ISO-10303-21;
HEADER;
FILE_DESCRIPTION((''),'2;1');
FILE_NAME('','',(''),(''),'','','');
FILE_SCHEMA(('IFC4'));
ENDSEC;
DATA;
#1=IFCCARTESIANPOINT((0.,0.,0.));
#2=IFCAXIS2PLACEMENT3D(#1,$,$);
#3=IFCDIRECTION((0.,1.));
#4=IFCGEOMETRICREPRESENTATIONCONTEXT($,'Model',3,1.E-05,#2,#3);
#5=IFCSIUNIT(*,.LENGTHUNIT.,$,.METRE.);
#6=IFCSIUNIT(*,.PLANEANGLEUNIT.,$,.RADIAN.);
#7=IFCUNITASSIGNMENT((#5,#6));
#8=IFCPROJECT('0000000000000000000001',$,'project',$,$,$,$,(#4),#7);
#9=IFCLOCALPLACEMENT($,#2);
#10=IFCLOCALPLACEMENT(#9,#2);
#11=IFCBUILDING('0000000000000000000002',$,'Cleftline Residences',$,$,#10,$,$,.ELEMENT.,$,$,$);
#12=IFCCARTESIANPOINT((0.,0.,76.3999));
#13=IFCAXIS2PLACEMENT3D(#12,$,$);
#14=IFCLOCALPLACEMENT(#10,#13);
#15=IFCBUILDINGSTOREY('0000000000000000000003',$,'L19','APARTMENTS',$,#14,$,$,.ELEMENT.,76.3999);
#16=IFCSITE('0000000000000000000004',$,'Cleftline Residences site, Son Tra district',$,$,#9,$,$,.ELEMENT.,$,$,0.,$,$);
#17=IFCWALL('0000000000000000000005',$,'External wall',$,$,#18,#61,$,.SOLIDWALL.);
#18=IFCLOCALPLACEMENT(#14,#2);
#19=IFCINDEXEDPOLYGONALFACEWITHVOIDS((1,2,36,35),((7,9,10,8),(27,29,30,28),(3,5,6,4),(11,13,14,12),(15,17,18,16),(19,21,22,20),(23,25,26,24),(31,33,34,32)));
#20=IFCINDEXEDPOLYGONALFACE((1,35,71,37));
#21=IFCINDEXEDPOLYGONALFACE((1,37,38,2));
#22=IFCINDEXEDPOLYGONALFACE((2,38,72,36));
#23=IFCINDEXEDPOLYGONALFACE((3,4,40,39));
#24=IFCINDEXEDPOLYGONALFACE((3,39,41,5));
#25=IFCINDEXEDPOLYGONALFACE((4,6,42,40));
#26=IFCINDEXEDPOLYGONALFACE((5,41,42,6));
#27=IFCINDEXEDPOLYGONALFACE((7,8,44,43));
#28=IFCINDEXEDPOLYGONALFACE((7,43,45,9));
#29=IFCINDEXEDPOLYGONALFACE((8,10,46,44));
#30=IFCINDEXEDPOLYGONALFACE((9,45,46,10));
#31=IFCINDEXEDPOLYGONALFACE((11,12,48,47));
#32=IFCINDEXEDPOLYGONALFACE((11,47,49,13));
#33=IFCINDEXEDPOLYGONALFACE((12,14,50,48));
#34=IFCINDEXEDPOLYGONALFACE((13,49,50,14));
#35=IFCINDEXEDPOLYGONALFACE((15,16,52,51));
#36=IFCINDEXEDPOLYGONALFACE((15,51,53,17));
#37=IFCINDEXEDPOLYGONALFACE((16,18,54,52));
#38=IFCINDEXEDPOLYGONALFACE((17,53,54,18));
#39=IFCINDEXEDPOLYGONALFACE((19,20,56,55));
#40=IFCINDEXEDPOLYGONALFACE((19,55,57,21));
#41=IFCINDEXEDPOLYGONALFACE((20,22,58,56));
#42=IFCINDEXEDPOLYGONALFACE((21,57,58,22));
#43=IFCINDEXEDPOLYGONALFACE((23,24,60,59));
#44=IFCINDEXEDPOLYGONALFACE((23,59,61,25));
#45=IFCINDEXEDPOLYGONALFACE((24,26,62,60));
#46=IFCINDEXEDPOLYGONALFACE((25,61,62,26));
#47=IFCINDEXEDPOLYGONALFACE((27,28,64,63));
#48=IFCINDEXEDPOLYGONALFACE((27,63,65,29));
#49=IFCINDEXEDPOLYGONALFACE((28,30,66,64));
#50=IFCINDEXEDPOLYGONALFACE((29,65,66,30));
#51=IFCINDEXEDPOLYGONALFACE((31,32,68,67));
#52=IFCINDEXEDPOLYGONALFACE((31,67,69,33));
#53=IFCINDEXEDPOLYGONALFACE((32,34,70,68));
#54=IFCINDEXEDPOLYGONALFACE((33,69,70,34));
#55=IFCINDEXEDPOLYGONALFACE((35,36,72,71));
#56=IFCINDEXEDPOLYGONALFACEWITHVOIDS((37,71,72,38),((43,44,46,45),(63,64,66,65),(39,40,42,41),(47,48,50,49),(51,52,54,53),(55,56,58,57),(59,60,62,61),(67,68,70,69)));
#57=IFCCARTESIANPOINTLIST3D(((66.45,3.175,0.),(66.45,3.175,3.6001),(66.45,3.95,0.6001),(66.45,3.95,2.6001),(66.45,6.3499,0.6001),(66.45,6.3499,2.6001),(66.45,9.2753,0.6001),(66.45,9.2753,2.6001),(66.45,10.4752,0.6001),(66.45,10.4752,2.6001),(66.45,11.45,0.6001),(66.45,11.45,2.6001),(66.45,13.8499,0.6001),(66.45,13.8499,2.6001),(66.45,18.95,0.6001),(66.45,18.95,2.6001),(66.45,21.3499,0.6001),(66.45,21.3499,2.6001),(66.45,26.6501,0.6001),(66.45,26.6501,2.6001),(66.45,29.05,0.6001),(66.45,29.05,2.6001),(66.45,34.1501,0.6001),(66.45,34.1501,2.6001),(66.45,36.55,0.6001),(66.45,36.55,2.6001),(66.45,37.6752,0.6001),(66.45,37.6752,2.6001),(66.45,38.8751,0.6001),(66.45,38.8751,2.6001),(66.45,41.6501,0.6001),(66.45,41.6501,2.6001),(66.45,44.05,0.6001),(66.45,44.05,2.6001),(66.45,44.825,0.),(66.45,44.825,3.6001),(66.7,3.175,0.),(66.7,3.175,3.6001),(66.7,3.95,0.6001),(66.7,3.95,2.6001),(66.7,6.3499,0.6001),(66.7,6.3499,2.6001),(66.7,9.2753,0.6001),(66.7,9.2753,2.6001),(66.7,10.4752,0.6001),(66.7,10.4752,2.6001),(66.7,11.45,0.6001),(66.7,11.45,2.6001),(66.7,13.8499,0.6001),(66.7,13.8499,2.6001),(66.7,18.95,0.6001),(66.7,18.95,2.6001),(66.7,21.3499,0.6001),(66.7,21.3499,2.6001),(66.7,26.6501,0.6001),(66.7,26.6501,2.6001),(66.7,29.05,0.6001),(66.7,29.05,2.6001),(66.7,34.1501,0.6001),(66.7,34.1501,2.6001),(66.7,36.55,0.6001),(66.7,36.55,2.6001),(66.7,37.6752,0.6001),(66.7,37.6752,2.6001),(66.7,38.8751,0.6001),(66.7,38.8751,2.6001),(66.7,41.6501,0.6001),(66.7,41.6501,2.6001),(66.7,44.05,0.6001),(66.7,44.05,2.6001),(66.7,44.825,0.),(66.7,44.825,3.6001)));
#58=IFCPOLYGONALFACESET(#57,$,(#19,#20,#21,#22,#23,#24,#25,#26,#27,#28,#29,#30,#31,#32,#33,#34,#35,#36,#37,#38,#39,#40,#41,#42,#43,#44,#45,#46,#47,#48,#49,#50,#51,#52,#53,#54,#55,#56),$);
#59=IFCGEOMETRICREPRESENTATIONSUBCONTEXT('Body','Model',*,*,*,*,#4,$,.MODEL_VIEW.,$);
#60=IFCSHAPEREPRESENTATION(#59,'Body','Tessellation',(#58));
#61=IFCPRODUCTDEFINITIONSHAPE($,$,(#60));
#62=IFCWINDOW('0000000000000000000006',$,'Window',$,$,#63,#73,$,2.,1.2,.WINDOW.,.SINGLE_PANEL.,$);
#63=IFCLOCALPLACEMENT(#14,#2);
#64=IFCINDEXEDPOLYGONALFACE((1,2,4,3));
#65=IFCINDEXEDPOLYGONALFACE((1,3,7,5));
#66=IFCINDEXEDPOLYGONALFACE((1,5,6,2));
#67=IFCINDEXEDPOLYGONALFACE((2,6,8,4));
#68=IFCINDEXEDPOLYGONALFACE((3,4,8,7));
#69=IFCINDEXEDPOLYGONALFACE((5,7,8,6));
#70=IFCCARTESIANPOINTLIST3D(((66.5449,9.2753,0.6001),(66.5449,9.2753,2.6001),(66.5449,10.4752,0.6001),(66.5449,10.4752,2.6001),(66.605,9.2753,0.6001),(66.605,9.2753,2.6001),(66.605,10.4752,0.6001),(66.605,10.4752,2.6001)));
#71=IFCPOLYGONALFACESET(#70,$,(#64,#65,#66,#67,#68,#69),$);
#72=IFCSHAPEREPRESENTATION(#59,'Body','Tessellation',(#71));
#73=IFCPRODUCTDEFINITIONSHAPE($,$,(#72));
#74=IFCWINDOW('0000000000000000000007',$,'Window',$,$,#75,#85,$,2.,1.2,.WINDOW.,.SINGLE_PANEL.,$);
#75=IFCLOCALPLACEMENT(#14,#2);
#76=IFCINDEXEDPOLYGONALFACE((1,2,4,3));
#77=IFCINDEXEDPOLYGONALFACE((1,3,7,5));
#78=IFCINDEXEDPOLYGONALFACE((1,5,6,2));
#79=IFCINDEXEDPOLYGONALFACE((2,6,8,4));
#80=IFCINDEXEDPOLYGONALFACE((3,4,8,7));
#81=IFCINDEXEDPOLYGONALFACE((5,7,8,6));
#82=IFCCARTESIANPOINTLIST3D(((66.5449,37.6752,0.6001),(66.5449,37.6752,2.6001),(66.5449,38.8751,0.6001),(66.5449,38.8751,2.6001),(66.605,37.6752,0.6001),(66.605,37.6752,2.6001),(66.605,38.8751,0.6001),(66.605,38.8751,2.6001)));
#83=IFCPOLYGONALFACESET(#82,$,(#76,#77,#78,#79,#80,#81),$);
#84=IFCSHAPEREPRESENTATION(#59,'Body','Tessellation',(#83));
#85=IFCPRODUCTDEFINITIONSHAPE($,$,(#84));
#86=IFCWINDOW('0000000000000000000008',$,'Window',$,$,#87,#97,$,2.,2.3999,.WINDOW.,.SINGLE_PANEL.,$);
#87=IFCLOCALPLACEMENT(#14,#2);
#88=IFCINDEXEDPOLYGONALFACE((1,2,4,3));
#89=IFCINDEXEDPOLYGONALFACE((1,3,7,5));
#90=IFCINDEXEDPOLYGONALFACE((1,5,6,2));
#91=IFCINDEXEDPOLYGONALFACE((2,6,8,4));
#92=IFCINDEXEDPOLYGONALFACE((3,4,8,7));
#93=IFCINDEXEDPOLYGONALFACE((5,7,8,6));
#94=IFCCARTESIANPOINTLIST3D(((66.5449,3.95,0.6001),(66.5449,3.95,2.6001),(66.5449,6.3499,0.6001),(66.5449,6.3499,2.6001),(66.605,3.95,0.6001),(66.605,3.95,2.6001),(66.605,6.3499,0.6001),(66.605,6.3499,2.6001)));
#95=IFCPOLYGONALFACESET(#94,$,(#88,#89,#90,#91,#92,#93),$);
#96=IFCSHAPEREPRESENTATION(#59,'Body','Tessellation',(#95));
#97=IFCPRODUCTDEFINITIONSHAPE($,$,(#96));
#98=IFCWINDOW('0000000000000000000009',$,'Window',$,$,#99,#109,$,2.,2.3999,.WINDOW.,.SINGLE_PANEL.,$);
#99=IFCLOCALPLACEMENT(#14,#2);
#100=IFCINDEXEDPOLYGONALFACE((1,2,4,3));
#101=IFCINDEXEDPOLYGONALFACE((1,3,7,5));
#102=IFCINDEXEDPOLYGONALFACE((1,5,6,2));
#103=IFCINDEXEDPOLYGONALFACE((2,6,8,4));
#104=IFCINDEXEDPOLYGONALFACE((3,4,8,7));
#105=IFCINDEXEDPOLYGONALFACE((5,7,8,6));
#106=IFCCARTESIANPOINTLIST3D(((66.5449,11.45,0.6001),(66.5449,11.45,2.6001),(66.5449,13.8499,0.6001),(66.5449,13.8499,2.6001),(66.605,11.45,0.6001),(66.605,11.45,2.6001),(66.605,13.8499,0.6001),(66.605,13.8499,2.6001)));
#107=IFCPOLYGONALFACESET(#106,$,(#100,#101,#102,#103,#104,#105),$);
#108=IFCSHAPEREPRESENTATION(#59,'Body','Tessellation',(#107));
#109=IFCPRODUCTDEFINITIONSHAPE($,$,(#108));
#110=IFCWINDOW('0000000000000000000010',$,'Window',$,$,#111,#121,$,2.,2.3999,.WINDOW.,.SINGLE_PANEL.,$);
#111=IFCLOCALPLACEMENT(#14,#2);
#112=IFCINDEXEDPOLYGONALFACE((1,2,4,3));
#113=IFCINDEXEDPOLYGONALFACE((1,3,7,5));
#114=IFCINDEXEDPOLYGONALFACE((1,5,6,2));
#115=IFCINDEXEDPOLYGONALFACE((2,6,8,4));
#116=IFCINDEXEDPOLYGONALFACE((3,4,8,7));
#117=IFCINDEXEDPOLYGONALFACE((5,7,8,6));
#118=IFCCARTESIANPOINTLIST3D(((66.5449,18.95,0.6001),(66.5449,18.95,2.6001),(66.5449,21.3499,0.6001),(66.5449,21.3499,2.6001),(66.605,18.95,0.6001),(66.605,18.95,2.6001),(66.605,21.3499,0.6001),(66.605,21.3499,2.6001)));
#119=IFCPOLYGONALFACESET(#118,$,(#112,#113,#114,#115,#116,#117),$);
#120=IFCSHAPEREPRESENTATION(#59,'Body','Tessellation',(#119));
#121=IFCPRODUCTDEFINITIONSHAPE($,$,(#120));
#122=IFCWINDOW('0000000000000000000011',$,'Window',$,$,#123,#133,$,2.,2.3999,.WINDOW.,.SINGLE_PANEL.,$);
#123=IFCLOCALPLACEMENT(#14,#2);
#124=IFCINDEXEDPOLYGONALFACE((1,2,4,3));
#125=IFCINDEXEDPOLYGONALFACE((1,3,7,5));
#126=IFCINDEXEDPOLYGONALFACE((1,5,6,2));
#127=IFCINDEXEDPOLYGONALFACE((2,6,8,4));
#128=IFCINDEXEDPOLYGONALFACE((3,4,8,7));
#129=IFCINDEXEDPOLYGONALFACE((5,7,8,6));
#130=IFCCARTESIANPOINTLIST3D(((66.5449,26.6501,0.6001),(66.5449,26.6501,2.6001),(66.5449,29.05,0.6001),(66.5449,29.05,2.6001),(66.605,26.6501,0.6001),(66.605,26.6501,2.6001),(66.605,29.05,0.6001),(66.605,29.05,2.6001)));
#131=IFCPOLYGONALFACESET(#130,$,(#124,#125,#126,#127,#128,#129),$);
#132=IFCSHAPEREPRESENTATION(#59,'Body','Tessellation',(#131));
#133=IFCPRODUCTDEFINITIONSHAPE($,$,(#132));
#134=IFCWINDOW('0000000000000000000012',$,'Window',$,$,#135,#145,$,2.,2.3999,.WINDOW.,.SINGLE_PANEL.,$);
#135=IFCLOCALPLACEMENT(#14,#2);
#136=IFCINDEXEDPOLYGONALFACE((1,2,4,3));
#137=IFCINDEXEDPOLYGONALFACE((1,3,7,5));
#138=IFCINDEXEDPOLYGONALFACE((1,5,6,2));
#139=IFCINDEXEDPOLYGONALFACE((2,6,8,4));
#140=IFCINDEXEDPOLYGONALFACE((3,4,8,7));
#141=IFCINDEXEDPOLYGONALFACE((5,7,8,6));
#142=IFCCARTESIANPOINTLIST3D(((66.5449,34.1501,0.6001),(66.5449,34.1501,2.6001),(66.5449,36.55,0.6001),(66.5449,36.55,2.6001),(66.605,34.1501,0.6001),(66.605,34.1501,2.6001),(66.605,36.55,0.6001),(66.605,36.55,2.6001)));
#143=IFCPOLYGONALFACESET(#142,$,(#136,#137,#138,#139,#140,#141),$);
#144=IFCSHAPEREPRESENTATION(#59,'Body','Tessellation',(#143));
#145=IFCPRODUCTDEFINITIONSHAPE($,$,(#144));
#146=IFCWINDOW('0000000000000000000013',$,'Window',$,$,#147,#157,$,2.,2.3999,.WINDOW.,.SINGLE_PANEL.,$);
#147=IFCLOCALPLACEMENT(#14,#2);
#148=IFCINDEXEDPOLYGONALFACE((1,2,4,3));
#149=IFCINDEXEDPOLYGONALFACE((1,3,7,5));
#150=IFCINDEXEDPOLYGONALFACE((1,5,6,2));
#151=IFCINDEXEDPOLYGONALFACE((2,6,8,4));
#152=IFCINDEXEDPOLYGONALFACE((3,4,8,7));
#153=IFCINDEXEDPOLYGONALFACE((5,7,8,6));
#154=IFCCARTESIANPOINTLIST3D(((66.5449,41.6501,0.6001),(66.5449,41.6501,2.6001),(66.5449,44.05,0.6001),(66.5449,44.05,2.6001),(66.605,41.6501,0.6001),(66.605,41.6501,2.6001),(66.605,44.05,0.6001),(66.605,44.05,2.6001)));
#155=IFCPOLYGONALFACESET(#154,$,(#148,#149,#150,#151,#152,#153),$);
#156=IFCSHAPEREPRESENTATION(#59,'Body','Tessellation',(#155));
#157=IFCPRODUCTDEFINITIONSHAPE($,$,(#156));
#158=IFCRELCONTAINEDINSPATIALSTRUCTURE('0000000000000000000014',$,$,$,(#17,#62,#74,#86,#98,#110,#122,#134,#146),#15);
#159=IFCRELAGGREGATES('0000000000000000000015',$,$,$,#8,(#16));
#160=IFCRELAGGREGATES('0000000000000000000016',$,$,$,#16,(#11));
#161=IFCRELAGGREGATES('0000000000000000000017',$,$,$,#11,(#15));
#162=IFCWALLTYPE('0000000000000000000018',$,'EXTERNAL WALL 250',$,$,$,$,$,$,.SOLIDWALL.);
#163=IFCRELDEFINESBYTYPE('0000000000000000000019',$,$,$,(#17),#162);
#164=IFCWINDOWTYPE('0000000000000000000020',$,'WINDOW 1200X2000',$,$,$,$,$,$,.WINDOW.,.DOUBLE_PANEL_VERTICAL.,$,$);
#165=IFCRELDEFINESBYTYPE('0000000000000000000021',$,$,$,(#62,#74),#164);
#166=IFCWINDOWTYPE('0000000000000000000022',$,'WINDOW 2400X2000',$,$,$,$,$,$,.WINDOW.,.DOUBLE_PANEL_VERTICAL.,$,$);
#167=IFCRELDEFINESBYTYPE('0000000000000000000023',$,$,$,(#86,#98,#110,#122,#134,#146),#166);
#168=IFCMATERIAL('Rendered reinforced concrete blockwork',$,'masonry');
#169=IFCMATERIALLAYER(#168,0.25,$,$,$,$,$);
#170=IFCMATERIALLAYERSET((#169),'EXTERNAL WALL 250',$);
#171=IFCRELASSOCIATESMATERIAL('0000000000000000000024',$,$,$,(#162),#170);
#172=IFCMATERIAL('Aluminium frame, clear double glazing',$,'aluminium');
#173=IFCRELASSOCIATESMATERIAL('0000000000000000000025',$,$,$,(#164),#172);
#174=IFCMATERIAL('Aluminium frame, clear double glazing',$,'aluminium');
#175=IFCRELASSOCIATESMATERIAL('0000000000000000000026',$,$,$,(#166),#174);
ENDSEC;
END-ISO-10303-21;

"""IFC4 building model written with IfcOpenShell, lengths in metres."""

from ifc_helpers import new_model, si_unit, direction, frame, frame_2d, origin, place, context, subcontext, project, spatial, rectangle, extrude, material, layer, layer_set, type_object, element, fill, save


model = new_model("IFC4")

# Units and contexts
model_context = context("Model", 3, precision=1e-05, world=origin(), true_north=direction((0.0, 1.0)))
body_context = subcontext(model_context, "Body", "Model", "MODEL_VIEW")
ifc_project = project(units=[si_unit("LENGTHUNIT", "METRE"), si_unit("PLANEANGLEUNIT", "RADIAN")], contexts=[model_context])

# Site, building, storey
site_placement = place(None, origin())
site = spatial("IfcSite", under=ifc_project, at=site_placement, Name="Cleftline Residences site, Son Tra district", CompositionType="ELEMENT", RefElevation=0.0)
building_placement = place(site_placement, origin())
building = spatial("IfcBuilding", under=site, at=building_placement, Name="Cleftline Residences", CompositionType="ELEMENT")
storey_placement = place(building_placement, frame((0.0, 0.0, 76.3999)))
storey = spatial("IfcBuildingStorey", under=building, at=storey_placement, Name="L19", Description="APARTMENTS", CompositionType="ELEMENT", Elevation=76.3999)

# Wall, openings, windows
ifc_material_1 = material(Name="Rendered reinforced concrete blockwork", Category="masonry")
ifc_layer_1 = layer(ifc_material_1, 0.25)
ifc_layer_set_1 = layer_set([ifc_layer_1], Name="EXTERNAL WALL 250")
wall_type_1 = type_object("IfcWallType", Name="EXTERNAL WALL 250", PredefinedType="SOLIDWALL", material=ifc_layer_set_1)
ifc_material_2 = material(Name="Aluminium frame, clear double glazing", Category="aluminium")
window_type_1 = type_object("IfcWindowType", Name="WINDOW 1200X2000", PartitioningType="DOUBLE_PANEL_VERTICAL", PredefinedType="WINDOW", material=ifc_material_2)
wall_1_placement = place(storey_placement, frame((66.575, 3.175, 0.0), z_axis=(0.0, 0.0, 1.0), x_axis=(0.0, 1.0, 0.0)))
wall_1 = element("IfcWall", 1, at=wall_1_placement, inside=storey, type_object=wall_type_1, Name="External wall", PredefinedType="SOLIDWALL", context=body_context, shape_type="SweptSolid", body=[
    extrude(rectangle(XDim=41.6499, YDim=0.25, at=frame_2d((20.825, 0.0))), origin(), (0.0, 0.0, 1.0), 3.6001),
])
opening_1_placement = place(wall_1_placement, frame((0.7749, 0.0, 0.6001)))
opening_1 = element("IfcOpeningElement", 2, at=opening_1_placement, cuts=wall_1, PredefinedType="OPENING", context=body_context, shape_type="SweptSolid", body=[
    extrude(rectangle(XDim=2.3999, YDim=2.0, at=frame_2d((1.2, 1.0))), frame((0.0, 0.135, 0.0), z_axis=(0.0, -1.0, 0.0), x_axis=(1.0, 0.0, 0.0)), (0.0, 0.0, 1.0), 0.27),
])
opening_2_placement = place(wall_1_placement, frame((6.1001, 0.0, 0.6001)))
opening_2 = element("IfcOpeningElement", 3, at=opening_2_placement, cuts=wall_1, PredefinedType="OPENING", context=body_context, shape_type="SweptSolid", body=[
    extrude(rectangle(XDim=1.2, YDim=2.0, at=frame_2d((0.6001, 1.0))), frame((0.0, 0.135, 0.0), z_axis=(0.0, -1.0, 0.0), x_axis=(1.0, 0.0, 0.0)), (0.0, 0.0, 1.0), 0.27),
])
opening_3_placement = place(wall_1_placement, frame((8.2749, 0.0, 0.6001)))
opening_3 = element("IfcOpeningElement", 4, at=opening_3_placement, cuts=wall_1, PredefinedType="OPENING", context=body_context, shape_type="SweptSolid", body=[
    extrude(rectangle(XDim=2.3999, YDim=2.0, at=frame_2d((1.2, 1.0))), frame((0.0, 0.135, 0.0), z_axis=(0.0, -1.0, 0.0), x_axis=(1.0, 0.0, 0.0)), (0.0, 0.0, 1.0), 0.27),
])
opening_4_placement = place(wall_1_placement, frame((15.7749, 0.0, 0.6001)))
opening_4 = element("IfcOpeningElement", 5, at=opening_4_placement, cuts=wall_1, PredefinedType="OPENING", context=body_context, shape_type="SweptSolid", body=[
    extrude(rectangle(XDim=2.3999, YDim=2.0, at=frame_2d((1.2, 1.0))), frame((0.0, 0.135, 0.0), z_axis=(0.0, -1.0, 0.0), x_axis=(1.0, 0.0, 0.0)), (0.0, 0.0, 1.0), 0.27),
])
opening_5_placement = place(wall_1_placement, frame((23.4751, 0.0, 0.6001)))
opening_5 = element("IfcOpeningElement", 6, at=opening_5_placement, cuts=wall_1, PredefinedType="OPENING", context=body_context, shape_type="SweptSolid", body=[
    extrude(rectangle(XDim=2.3999, YDim=2.0, at=frame_2d((1.2, 1.0))), frame((0.0, 0.135, 0.0), z_axis=(0.0, -1.0, 0.0), x_axis=(1.0, 0.0, 0.0)), (0.0, 0.0, 1.0), 0.27),
])
opening_6_placement = place(wall_1_placement, frame((30.9751, 0.0, 0.6001)))
opening_6 = element("IfcOpeningElement", 7, at=opening_6_placement, cuts=wall_1, PredefinedType="OPENING", context=body_context, shape_type="SweptSolid", body=[
    extrude(rectangle(XDim=2.3999, YDim=2.0, at=frame_2d((1.2, 1.0))), frame((0.0, 0.135, 0.0), z_axis=(0.0, -1.0, 0.0), x_axis=(1.0, 0.0, 0.0)), (0.0, 0.0, 1.0), 0.27),
])
opening_7_placement = place(wall_1_placement, frame((34.5, 0.0, 0.6001)))
opening_7 = element("IfcOpeningElement", 8, at=opening_7_placement, cuts=wall_1, PredefinedType="OPENING", context=body_context, shape_type="SweptSolid", body=[
    extrude(rectangle(XDim=1.2, YDim=2.0, at=frame_2d((0.6001, 1.0))), frame((0.0, 0.135, 0.0), z_axis=(0.0, -1.0, 0.0), x_axis=(1.0, 0.0, 0.0)), (0.0, 0.0, 1.0), 0.27),
])
opening_8_placement = place(wall_1_placement, frame((38.4751, 0.0, 0.6001)))
opening_8 = element("IfcOpeningElement", 9, at=opening_8_placement, cuts=wall_1, PredefinedType="OPENING", context=body_context, shape_type="SweptSolid", body=[
    extrude(rectangle(XDim=2.3999, YDim=2.0, at=frame_2d((1.2, 1.0))), frame((0.0, 0.135, 0.0), z_axis=(0.0, -1.0, 0.0), x_axis=(1.0, 0.0, 0.0)), (0.0, 0.0, 1.0), 0.27),
])
window_1_placement = place(opening_2_placement, origin())
window_1 = element("IfcWindow", 10, at=window_1_placement, inside=storey, type_object=window_type_1, Name="Window", OverallHeight=2.0, OverallWidth=1.2, PartitioningType="SINGLE_PANEL", PredefinedType="WINDOW", context=body_context, shape_type="SweptSolid", body=[
    extrude(rectangle(XDim=1.2, YDim=2.0, at=frame_2d((0.6001, 1.0))), frame((0.0, 0.03, 0.0), z_axis=(0.0, -1.0, 0.0), x_axis=(1.0, 0.0, 0.0)), (0.0, 0.0, 1.0), 0.0601),
])
fill(opening_2, window_1)
window_2_placement = place(opening_7_placement, origin())
window_2 = element("IfcWindow", 11, at=window_2_placement, inside=storey, type_object=window_type_1, Name="Window", OverallHeight=2.0, OverallWidth=1.2, PartitioningType="SINGLE_PANEL", PredefinedType="WINDOW", context=body_context, shape_type="SweptSolid", body=[
    extrude(rectangle(XDim=1.2, YDim=2.0, at=frame_2d((0.6001, 1.0))), frame((0.0, 0.03, 0.0), z_axis=(0.0, -1.0, 0.0), x_axis=(1.0, 0.0, 0.0)), (0.0, 0.0, 1.0), 0.0601),
])
fill(opening_7, window_2)
ifc_material_3 = material(Name="Aluminium frame, clear double glazing", Category="aluminium")
window_type_2 = type_object("IfcWindowType", Name="WINDOW 2400X2000", PartitioningType="DOUBLE_PANEL_VERTICAL", PredefinedType="WINDOW", material=ifc_material_3)
window_3_placement = place(opening_1_placement, origin())
window_3 = element("IfcWindow", 12, at=window_3_placement, inside=storey, type_object=window_type_2, Name="Window", OverallHeight=2.0, OverallWidth=2.3999, PartitioningType="SINGLE_PANEL", PredefinedType="WINDOW", context=body_context, shape_type="SweptSolid", body=[
    extrude(rectangle(XDim=2.3999, YDim=2.0, at=frame_2d((1.2, 1.0))), frame((0.0, 0.03, 0.0), z_axis=(0.0, -1.0, 0.0), x_axis=(1.0, 0.0, 0.0)), (0.0, 0.0, 1.0), 0.0601),
])
fill(opening_1, window_3)
window_4_placement = place(opening_3_placement, origin())
window_4 = element("IfcWindow", 13, at=window_4_placement, inside=storey, type_object=window_type_2, Name="Window", OverallHeight=2.0, OverallWidth=2.3999, PartitioningType="SINGLE_PANEL", PredefinedType="WINDOW", context=body_context, shape_type="SweptSolid", body=[
    extrude(rectangle(XDim=2.3999, YDim=2.0, at=frame_2d((1.2, 1.0))), frame((0.0, 0.03, 0.0), z_axis=(0.0, -1.0, 0.0), x_axis=(1.0, 0.0, 0.0)), (0.0, 0.0, 1.0), 0.0601),
])
fill(opening_3, window_4)
window_5_placement = place(opening_4_placement, origin())
window_5 = element("IfcWindow", 14, at=window_5_placement, inside=storey, type_object=window_type_2, Name="Window", OverallHeight=2.0, OverallWidth=2.3999, PartitioningType="SINGLE_PANEL", PredefinedType="WINDOW", context=body_context, shape_type="SweptSolid", body=[
    extrude(rectangle(XDim=2.3999, YDim=2.0, at=frame_2d((1.2, 1.0))), frame((0.0, 0.03, 0.0), z_axis=(0.0, -1.0, 0.0), x_axis=(1.0, 0.0, 0.0)), (0.0, 0.0, 1.0), 0.0601),
])
fill(opening_4, window_5)
window_6_placement = place(opening_5_placement, origin())
window_6 = element("IfcWindow", 15, at=window_6_placement, inside=storey, type_object=window_type_2, Name="Window", OverallHeight=2.0, OverallWidth=2.3999, PartitioningType="SINGLE_PANEL", PredefinedType="WINDOW", context=body_context, shape_type="SweptSolid", body=[
    extrude(rectangle(XDim=2.3999, YDim=2.0, at=frame_2d((1.2, 1.0))), frame((0.0, 0.03, 0.0), z_axis=(0.0, -1.0, 0.0), x_axis=(1.0, 0.0, 0.0)), (0.0, 0.0, 1.0), 0.0601),
])
fill(opening_5, window_6)
window_7_placement = place(opening_6_placement, origin())
window_7 = element("IfcWindow", 16, at=window_7_placement, inside=storey, type_object=window_type_2, Name="Window", OverallHeight=2.0, OverallWidth=2.3999, PartitioningType="SINGLE_PANEL", PredefinedType="WINDOW", context=body_context, shape_type="SweptSolid", body=[
    extrude(rectangle(XDim=2.3999, YDim=2.0, at=frame_2d((1.2, 1.0))), frame((0.0, 0.03, 0.0), z_axis=(0.0, -1.0, 0.0), x_axis=(1.0, 0.0, 0.0)), (0.0, 0.0, 1.0), 0.0601),
])
fill(opening_6, window_7)
window_8_placement = place(opening_8_placement, origin())
window_8 = element("IfcWindow", 17, at=window_8_placement, inside=storey, type_object=window_type_2, Name="Window", OverallHeight=2.0, OverallWidth=2.3999, PartitioningType="SINGLE_PANEL", PredefinedType="WINDOW", context=body_context, shape_type="SweptSolid", body=[
    extrude(rectangle(XDim=2.3999, YDim=2.0, at=frame_2d((1.2, 1.0))), frame((0.0, 0.03, 0.0), z_axis=(0.0, -1.0, 0.0), x_axis=(1.0, 0.0, 0.0)), (0.0, 0.0, 1.0), 0.0601),
])
fill(opening_8, window_8)

save(model, "model.ifc")
